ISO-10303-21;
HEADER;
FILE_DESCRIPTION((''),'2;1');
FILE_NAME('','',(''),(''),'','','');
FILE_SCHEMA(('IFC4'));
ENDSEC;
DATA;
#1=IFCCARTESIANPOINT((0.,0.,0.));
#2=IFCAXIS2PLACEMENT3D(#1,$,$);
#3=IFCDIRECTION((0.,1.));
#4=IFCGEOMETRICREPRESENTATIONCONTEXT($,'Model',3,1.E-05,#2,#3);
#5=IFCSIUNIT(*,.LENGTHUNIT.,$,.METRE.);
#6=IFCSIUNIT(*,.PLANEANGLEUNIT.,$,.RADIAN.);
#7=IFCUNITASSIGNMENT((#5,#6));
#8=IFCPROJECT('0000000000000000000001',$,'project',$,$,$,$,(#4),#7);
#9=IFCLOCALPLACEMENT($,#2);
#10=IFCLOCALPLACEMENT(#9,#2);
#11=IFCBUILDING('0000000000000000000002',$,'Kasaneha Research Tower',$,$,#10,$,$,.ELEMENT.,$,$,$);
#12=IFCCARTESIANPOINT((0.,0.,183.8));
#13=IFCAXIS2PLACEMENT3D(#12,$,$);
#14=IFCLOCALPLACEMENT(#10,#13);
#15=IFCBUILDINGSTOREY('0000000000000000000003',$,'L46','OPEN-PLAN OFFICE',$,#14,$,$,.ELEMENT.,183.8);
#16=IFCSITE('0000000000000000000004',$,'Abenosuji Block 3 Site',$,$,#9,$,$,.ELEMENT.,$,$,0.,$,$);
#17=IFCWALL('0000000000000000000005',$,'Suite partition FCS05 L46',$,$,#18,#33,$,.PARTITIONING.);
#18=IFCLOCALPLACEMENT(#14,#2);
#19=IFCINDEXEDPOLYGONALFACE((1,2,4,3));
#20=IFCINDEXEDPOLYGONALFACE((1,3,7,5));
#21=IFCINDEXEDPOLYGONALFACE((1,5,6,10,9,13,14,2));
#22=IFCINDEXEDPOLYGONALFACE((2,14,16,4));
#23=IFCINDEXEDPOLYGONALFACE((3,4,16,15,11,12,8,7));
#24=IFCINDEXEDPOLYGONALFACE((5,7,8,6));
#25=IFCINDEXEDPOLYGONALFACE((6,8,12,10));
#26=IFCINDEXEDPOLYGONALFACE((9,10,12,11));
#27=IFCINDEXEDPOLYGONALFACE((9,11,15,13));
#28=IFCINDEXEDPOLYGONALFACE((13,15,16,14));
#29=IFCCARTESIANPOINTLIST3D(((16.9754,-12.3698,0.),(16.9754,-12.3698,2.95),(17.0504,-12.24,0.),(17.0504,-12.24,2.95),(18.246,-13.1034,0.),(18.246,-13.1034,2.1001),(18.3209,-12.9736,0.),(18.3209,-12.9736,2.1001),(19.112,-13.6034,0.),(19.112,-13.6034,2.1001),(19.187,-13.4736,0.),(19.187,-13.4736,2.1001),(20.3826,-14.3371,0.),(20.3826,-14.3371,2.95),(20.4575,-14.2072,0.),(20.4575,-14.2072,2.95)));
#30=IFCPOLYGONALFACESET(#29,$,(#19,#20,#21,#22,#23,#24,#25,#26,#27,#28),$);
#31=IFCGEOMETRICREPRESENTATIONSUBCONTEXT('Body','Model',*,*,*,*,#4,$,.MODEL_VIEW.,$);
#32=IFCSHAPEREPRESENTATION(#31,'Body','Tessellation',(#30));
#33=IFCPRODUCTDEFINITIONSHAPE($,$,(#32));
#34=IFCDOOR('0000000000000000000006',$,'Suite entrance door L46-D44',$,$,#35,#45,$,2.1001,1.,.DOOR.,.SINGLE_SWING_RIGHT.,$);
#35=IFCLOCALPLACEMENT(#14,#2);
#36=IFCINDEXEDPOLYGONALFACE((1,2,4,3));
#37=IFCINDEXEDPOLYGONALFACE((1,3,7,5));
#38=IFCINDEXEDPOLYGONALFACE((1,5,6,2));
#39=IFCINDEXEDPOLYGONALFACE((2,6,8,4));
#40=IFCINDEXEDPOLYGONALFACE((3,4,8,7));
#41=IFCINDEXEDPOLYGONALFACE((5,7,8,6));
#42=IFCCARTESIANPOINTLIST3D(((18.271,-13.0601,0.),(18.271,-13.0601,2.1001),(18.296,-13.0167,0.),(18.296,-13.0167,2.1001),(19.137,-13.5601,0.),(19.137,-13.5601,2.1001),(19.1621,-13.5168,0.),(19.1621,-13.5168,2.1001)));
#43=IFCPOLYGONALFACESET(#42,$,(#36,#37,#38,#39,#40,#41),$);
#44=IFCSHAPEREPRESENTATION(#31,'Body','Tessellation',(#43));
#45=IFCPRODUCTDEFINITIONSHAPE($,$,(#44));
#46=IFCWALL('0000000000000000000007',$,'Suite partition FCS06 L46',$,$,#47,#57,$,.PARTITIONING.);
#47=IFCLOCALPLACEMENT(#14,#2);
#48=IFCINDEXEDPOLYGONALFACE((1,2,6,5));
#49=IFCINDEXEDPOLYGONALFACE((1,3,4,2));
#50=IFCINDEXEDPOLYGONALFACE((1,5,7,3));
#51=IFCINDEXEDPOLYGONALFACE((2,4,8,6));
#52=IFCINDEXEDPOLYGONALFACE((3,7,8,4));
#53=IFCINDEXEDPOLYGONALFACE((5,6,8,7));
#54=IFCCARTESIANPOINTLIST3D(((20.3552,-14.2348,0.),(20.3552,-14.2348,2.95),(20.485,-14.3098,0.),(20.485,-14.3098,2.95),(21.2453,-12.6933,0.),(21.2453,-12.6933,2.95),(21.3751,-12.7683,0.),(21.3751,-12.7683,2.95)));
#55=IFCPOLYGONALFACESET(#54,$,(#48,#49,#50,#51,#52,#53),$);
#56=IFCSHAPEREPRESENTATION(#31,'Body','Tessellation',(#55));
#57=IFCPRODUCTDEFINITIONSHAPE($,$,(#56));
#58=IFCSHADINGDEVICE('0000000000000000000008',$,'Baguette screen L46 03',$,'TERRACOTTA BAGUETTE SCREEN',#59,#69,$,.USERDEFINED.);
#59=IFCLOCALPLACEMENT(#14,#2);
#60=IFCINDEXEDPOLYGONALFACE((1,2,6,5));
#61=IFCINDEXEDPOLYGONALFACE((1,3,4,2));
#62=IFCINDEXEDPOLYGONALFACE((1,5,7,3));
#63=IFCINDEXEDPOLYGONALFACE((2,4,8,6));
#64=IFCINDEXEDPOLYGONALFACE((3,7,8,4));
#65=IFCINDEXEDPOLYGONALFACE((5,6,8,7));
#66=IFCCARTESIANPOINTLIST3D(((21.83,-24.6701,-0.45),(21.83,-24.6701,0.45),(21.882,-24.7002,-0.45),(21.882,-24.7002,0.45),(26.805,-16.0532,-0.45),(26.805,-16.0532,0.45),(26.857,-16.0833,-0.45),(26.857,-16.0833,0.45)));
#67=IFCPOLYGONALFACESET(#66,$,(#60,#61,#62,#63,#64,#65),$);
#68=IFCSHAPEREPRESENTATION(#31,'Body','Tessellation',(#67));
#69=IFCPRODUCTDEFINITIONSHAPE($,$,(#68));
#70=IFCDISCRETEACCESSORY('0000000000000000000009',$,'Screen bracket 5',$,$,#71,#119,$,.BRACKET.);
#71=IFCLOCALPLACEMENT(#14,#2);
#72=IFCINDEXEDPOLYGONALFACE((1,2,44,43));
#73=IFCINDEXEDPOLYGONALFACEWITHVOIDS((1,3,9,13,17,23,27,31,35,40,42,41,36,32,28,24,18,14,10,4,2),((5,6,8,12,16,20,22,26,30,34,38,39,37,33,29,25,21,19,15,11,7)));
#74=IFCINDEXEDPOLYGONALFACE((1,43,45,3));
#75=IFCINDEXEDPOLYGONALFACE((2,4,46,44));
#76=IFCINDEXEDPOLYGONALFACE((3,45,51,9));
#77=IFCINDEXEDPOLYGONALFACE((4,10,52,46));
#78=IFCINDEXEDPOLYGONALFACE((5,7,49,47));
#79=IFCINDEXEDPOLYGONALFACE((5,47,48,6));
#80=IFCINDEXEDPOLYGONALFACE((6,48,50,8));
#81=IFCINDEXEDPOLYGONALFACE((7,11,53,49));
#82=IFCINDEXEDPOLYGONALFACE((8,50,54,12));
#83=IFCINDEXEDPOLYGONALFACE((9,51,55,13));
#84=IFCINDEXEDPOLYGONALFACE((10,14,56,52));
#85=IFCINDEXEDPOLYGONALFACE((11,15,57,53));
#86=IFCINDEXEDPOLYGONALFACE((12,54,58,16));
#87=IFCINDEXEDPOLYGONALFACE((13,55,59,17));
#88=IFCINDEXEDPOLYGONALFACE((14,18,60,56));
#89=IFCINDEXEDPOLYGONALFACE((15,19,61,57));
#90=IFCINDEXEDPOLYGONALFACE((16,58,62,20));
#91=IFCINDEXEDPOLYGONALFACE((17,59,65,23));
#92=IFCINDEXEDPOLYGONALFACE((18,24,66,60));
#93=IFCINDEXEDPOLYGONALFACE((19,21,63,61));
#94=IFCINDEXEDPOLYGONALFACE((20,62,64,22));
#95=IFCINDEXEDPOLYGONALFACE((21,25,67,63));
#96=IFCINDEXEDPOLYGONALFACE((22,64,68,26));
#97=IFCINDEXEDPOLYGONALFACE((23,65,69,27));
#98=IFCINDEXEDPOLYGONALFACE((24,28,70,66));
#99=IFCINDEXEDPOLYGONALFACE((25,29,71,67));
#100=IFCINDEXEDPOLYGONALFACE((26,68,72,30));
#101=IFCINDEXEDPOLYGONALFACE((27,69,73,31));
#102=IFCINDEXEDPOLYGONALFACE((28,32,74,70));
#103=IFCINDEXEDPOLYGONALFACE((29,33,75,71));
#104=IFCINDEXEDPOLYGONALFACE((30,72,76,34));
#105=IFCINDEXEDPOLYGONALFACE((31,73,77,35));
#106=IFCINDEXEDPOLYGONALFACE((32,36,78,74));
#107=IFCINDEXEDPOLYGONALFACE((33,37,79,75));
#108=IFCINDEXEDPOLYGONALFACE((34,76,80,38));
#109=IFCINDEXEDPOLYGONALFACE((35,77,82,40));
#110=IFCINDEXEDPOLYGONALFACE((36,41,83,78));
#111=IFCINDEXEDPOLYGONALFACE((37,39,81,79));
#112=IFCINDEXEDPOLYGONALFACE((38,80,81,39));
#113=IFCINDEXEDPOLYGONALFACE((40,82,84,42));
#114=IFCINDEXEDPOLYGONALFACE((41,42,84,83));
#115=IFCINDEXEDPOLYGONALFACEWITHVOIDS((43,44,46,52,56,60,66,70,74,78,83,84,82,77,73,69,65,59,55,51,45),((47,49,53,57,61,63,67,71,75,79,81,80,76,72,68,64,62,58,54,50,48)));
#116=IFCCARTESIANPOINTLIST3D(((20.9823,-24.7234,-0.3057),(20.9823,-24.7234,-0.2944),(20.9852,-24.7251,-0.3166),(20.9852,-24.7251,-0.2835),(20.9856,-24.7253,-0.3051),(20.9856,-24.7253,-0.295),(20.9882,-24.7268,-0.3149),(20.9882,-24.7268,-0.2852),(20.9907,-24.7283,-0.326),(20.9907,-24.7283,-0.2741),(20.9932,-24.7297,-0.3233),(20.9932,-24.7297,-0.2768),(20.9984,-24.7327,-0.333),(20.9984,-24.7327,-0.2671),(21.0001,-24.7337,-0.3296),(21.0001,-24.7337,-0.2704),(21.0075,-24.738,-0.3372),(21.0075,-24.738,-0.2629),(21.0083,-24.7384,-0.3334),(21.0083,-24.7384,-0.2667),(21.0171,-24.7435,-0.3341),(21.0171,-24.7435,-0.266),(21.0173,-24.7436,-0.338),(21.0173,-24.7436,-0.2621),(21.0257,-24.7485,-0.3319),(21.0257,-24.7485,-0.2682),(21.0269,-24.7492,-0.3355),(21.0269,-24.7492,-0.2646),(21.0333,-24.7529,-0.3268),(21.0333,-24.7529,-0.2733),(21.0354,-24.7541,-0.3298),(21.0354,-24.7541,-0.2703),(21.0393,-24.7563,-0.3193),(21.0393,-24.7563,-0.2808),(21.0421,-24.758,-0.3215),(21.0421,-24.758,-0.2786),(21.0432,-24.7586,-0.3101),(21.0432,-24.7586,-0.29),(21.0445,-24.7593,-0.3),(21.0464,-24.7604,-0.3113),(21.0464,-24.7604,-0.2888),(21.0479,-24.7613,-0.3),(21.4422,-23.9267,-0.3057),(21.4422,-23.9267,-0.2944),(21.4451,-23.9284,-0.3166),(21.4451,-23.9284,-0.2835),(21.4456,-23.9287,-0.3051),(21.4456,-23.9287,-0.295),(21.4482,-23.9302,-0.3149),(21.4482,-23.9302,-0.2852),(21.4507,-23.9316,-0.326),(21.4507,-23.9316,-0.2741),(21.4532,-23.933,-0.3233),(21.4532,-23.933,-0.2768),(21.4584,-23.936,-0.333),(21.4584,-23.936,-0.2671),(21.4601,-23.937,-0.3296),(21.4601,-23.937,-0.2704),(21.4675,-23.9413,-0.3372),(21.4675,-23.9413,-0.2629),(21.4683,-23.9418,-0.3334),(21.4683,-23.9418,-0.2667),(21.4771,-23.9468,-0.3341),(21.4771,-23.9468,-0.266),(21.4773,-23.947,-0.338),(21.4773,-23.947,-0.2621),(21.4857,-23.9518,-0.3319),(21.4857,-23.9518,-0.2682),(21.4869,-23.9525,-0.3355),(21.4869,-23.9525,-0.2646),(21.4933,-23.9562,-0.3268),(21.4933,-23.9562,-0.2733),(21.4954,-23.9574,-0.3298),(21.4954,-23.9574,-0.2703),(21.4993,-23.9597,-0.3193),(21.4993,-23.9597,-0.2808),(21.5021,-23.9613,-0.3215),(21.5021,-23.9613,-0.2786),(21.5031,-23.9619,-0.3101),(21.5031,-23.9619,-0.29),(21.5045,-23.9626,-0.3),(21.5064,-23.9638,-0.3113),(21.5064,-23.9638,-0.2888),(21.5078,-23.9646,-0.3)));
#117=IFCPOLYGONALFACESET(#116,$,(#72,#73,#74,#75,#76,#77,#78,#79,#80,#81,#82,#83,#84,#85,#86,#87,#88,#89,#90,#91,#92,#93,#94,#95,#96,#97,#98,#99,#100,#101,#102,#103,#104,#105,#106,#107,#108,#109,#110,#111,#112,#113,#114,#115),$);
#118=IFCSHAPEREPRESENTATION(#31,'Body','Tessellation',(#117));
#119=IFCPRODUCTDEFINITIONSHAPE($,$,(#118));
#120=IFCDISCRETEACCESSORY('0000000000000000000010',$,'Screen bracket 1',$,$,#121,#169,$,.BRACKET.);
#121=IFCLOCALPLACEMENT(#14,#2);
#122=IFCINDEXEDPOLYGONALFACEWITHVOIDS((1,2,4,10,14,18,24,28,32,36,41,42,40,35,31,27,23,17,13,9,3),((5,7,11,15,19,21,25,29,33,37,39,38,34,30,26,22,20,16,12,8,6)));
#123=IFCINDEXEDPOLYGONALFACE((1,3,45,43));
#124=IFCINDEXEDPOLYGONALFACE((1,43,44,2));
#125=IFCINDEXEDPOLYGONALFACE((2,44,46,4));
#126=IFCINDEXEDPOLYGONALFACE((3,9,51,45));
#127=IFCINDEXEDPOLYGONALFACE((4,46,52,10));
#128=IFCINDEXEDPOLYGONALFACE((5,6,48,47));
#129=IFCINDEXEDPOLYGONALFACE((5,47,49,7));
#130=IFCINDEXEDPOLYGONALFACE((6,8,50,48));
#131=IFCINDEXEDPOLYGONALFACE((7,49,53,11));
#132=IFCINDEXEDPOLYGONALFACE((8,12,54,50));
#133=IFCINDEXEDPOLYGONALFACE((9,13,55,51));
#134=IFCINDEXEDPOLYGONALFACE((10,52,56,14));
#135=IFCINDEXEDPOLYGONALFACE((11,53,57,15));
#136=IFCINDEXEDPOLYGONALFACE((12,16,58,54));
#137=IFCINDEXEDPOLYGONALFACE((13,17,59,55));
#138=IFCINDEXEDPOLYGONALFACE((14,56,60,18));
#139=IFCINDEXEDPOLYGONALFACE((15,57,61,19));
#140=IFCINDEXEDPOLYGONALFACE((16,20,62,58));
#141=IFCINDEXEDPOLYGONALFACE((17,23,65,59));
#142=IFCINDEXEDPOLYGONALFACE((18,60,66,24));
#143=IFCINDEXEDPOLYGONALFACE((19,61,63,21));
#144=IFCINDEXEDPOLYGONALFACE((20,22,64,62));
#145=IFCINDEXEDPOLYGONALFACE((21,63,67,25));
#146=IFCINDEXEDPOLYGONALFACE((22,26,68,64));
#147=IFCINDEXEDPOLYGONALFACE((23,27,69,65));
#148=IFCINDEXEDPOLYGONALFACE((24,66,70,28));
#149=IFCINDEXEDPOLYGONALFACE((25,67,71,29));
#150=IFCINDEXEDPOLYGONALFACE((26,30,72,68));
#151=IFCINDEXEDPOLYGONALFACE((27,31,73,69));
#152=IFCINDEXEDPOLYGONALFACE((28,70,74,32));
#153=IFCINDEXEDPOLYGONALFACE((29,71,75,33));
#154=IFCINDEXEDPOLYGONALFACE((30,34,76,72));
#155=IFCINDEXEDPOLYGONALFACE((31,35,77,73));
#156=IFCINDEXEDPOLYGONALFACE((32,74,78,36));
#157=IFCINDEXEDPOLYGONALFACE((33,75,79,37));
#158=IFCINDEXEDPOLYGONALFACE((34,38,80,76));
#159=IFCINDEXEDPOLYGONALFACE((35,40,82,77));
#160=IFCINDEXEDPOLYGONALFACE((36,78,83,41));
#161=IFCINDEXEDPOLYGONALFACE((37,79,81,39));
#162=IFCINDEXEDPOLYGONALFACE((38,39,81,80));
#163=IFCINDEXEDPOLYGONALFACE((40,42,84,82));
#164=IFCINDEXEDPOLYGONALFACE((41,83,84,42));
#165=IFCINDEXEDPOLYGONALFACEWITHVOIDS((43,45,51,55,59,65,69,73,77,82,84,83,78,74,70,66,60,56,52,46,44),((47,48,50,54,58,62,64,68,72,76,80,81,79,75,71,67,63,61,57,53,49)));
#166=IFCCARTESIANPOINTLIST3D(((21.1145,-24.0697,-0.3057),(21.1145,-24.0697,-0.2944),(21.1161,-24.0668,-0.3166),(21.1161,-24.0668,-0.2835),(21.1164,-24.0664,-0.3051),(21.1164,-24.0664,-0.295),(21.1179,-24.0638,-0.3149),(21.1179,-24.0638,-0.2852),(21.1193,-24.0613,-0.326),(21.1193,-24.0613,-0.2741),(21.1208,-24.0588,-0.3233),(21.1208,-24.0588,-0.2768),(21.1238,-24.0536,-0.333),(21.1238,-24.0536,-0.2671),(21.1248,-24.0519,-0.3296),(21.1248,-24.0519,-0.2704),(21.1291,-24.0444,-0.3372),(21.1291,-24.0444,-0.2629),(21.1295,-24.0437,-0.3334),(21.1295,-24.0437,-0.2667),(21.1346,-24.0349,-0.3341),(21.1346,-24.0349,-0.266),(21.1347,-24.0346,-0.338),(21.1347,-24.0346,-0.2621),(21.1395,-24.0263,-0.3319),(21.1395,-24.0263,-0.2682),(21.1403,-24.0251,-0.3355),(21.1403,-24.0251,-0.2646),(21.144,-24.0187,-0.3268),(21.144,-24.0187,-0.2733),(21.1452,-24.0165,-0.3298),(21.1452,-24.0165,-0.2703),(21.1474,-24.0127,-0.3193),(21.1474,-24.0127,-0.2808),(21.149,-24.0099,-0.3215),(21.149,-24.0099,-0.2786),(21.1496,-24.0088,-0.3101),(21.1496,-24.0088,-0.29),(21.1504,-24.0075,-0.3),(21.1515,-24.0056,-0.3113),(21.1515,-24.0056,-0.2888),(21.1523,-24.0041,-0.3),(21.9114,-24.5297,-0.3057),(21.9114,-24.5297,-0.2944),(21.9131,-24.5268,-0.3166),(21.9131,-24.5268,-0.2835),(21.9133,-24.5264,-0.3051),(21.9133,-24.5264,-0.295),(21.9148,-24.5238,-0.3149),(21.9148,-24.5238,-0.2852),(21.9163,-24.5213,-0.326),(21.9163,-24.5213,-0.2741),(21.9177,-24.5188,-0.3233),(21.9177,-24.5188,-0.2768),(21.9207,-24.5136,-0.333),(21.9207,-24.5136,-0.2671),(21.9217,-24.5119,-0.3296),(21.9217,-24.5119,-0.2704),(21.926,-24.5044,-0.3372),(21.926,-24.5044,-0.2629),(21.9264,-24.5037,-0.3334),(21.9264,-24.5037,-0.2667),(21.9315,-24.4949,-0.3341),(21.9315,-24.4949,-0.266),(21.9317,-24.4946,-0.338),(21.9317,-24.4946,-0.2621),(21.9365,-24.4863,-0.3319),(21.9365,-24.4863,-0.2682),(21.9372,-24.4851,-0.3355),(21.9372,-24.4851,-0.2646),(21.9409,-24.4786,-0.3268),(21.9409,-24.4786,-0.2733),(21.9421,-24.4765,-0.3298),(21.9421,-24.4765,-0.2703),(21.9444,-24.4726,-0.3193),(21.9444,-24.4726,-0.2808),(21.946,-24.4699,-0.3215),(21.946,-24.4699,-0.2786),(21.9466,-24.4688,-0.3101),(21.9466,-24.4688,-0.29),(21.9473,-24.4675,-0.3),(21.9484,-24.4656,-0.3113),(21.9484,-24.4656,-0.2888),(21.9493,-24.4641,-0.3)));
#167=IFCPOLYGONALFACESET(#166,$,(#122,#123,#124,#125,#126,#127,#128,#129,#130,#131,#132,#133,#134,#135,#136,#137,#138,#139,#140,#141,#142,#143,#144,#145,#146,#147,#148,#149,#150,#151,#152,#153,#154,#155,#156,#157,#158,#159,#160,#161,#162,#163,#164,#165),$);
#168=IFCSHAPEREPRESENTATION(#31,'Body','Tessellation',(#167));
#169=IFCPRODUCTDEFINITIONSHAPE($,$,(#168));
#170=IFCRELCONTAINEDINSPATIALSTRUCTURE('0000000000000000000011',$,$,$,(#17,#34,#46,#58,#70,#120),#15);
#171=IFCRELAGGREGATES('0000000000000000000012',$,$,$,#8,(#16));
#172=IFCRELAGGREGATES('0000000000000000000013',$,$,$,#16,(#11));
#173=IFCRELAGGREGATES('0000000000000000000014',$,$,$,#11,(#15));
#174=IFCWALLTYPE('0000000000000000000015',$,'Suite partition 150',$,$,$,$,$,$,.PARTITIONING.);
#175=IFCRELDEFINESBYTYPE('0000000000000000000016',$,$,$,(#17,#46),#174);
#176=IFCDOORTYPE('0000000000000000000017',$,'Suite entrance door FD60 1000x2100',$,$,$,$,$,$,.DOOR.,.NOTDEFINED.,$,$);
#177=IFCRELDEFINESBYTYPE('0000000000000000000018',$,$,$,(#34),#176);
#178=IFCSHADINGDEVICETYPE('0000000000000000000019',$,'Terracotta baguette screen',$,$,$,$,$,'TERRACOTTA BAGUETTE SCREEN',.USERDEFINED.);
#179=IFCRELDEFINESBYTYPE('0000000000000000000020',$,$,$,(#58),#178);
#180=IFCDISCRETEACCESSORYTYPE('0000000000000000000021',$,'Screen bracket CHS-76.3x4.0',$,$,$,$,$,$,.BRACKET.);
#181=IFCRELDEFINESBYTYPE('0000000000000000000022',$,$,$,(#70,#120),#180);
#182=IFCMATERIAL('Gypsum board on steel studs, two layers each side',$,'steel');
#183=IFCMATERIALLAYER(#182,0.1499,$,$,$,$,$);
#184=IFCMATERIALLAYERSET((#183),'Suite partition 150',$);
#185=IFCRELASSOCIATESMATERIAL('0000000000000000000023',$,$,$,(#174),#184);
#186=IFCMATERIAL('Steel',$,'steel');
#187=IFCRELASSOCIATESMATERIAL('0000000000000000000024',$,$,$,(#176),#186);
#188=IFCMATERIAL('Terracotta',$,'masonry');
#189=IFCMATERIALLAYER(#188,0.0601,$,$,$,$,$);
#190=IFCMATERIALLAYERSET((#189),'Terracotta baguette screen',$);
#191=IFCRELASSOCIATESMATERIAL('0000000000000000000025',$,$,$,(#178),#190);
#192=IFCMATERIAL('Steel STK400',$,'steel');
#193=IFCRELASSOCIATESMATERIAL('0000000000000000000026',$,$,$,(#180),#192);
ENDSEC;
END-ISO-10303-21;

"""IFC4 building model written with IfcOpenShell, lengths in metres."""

from ifc_helpers import new_model, si_unit, direction, frame, frame_2d, origin, origin_2d, place, context, subcontext, project, spatial, rectangle, hollow_circle, extrude, material, layer, layer_set, material_profile, profile_set, type_object, element, fill, save


model = new_model("IFC4")

# Units and contexts
model_context = context("Model", 3, precision=1e-05, world=origin(), true_north=direction((0.0, 1.0)))
body_context = subcontext(model_context, "Body", "Model", "MODEL_VIEW")
ifc_project = project(units=[si_unit("LENGTHUNIT", "METRE"), si_unit("PLANEANGLEUNIT", "RADIAN")], contexts=[model_context])

# Site, building, storey
site_placement = place(None, origin())
site = spatial("IfcSite", under=ifc_project, at=site_placement, Name="Abenosuji Block 3 Site", CompositionType="ELEMENT", RefElevation=0.0)
building_placement = place(site_placement, origin())
building = spatial("IfcBuilding", under=site, at=building_placement, Name="Kasaneha Research Tower", CompositionType="ELEMENT")
storey_placement = place(building_placement, frame((0.0, 0.0, 183.8)))
storey = spatial("IfcBuildingStorey", under=building, at=storey_placement, Name="L46", Description="OPEN-PLAN OFFICE", CompositionType="ELEMENT", Elevation=183.8)

# Wall, opening, door
ifc_material_1 = material(Name="Gypsum board on steel studs, two layers each side", Category="steel")
ifc_layer_1 = layer(ifc_material_1, 0.1499)
ifc_layer_set_1 = layer_set([ifc_layer_1], Name="Suite partition 150")
wall_type_1 = type_object("IfcWallType", Name="Suite partition 150", PredefinedType="PARTITIONING", material=ifc_layer_set_1)
wall_1_placement = place(storey_placement, frame((20.4202, -14.2722, 0.0), z_axis=(0.0, 0.0, 1.0), x_axis=(-0.866012, 0.500023, 0.0)))
wall_1 = element("IfcWall", 1, at=wall_1_placement, inside=storey, type_object=wall_type_1, Name="Suite partition FCS05 L46", PredefinedType="PARTITIONING", context=body_context, shape_type="SweptSolid", body=[
    extrude(rectangle(XDim=3.9343, YDim=0.1499, at=frame_2d((1.9673, 0.0))), origin(), (0.0, 0.0, 1.0), 2.95),
])
opening_1_placement = place(wall_1_placement, frame((1.4673, 0.0, 0.0)))
opening_1 = element("IfcOpeningElement", 2, at=opening_1_placement, cuts=wall_1, PredefinedType="OPENING", context=body_context, shape_type="SweptSolid", body=[
    extrude(rectangle(XDim=1.0, YDim=2.1001, at=frame_2d((0.5, 1.05))), frame((0.0, 0.085, 0.0), z_axis=(0.0, -1.0, 0.0), x_axis=(1.0, 0.0, 0.0)), (0.0, 0.0, 1.0), 0.1699),
])
ifc_material_2 = material(Name="Steel", Category="steel")
door_type_1 = type_object("IfcDoorType", Name="Suite entrance door FD60 1000x2100", OperationType="NOTDEFINED", PredefinedType="DOOR", material=ifc_material_2)
door_1_placement = place(opening_1_placement, origin())
door_1 = element("IfcDoor", 3, at=door_1_placement, inside=storey, type_object=door_type_1, Name="Suite entrance door L46-D44", OperationType="SINGLE_SWING_RIGHT", OverallHeight=2.1001, OverallWidth=1.0, PredefinedType="DOOR", context=body_context, shape_type="SweptSolid", body=[
    extrude(rectangle(XDim=1.0, YDim=2.1001, at=frame_2d((0.5, 1.05))), frame((0.0, 0.0249, 0.0), z_axis=(0.0, -1.0, 0.0), x_axis=(1.0, 0.0, 0.0)), (0.0, 0.0, 1.0), 0.05),
])
fill(opening_1, door_1)

# Wall
wall_2_placement = place(storey_placement, frame((21.3103, -12.7307, 0.0), z_axis=(0.0, 0.0, 1.0), x_axis=(-0.500063, -0.865989, 0.0)))
element("IfcWall", 4, at=wall_2_placement, inside=storey, type_object=wall_type_1, Name="Suite partition FCS06 L46", PredefinedType="PARTITIONING", context=body_context, shape_type="SweptSolid", body=[
    extrude(rectangle(XDim=1.78, YDim=0.1499, at=frame_2d((0.8901, 0.0))), origin(), (0.0, 0.0, 1.0), 2.95),
])

# Shading device
ifc_material_3 = material(Name="Terracotta", Category="masonry")
ifc_layer_2 = layer(ifc_material_3, 0.0601)
ifc_layer_set_2 = layer_set([ifc_layer_2], Name="Terracotta baguette screen")
shading_device_type = type_object("IfcShadingDeviceType", Name="Terracotta baguette screen", ElementType="TERRACOTTA BAGUETTE SCREEN", PredefinedType="USERDEFINED", material=ifc_layer_set_2)
shading_device_placement = place(storey_placement, frame((24.3435, -20.3767, -0.45), z_axis=(0.0, 0.0, 1.0), x_axis=(0.5, 0.866025, 0.0)))
element("IfcShadingDevice", 5, at=shading_device_placement, inside=storey, type_object=shading_device_type, Name="Baguette screen L46 03", ObjectType="TERRACOTTA BAGUETTE SCREEN", PredefinedType="USERDEFINED", context=body_context, shape_type="SweptSolid", body=[
    extrude(rectangle(XDim=9.95, YDim=0.0601, at=origin_2d()), origin(), (0.0, 0.0, 1.0), 0.8999),
])

# Discrete accessories
ifc_material_4 = material(Name="Steel STK400", Category="steel")
ifc_material_profile_1 = material_profile(ifc_material_4, hollow_circle(Radius=0.0381, WallThickness=0.0039, at=origin_2d()), Name="CHS-76.3x4.0")
ifc_profile_set_1 = profile_set([ifc_material_profile_1], Name="Steel STK400")
discrete_accessory_type = type_object("IfcDiscreteAccessoryType", Name="Screen bracket CHS-76.3x4.0", PredefinedType="BRACKET", material=ifc_profile_set_1)
discrete_accessory_1_placement = place(storey_placement, frame((21.4749, -23.9456, -0.3), z_axis=(-0.500021, -0.866013, 0.0), x_axis=(0.866013, -0.500021, 0.0)))
element("IfcDiscreteAccessory", 6, at=discrete_accessory_1_placement, inside=storey, type_object=discrete_accessory_type, Name="Screen bracket 5", PredefinedType="BRACKET", context=body_context, shape_type="SweptSolid", body=[
    extrude(hollow_circle(Radius=0.0381, WallThickness=0.0039, at=origin_2d()), origin(), (0.0, 0.0, 1.0), 0.9199),
])
discrete_accessory_2_placement = place(storey_placement, frame((21.1333, -24.0371, -0.3), z_axis=(0.86608, -0.499906, 0.0), x_axis=(0.499906, 0.86608, 0.0)))
element("IfcDiscreteAccessory", 7, at=discrete_accessory_2_placement, inside=storey, type_object=discrete_accessory_type, Name="Screen bracket 1", PredefinedType="BRACKET", context=body_context, shape_type="SweptSolid", body=[
    extrude(hollow_circle(Radius=0.0381, WallThickness=0.0039, at=origin_2d()), origin(), (0.0, 0.0, 1.0), 0.9202),
])

save(model, "model.ifc")
